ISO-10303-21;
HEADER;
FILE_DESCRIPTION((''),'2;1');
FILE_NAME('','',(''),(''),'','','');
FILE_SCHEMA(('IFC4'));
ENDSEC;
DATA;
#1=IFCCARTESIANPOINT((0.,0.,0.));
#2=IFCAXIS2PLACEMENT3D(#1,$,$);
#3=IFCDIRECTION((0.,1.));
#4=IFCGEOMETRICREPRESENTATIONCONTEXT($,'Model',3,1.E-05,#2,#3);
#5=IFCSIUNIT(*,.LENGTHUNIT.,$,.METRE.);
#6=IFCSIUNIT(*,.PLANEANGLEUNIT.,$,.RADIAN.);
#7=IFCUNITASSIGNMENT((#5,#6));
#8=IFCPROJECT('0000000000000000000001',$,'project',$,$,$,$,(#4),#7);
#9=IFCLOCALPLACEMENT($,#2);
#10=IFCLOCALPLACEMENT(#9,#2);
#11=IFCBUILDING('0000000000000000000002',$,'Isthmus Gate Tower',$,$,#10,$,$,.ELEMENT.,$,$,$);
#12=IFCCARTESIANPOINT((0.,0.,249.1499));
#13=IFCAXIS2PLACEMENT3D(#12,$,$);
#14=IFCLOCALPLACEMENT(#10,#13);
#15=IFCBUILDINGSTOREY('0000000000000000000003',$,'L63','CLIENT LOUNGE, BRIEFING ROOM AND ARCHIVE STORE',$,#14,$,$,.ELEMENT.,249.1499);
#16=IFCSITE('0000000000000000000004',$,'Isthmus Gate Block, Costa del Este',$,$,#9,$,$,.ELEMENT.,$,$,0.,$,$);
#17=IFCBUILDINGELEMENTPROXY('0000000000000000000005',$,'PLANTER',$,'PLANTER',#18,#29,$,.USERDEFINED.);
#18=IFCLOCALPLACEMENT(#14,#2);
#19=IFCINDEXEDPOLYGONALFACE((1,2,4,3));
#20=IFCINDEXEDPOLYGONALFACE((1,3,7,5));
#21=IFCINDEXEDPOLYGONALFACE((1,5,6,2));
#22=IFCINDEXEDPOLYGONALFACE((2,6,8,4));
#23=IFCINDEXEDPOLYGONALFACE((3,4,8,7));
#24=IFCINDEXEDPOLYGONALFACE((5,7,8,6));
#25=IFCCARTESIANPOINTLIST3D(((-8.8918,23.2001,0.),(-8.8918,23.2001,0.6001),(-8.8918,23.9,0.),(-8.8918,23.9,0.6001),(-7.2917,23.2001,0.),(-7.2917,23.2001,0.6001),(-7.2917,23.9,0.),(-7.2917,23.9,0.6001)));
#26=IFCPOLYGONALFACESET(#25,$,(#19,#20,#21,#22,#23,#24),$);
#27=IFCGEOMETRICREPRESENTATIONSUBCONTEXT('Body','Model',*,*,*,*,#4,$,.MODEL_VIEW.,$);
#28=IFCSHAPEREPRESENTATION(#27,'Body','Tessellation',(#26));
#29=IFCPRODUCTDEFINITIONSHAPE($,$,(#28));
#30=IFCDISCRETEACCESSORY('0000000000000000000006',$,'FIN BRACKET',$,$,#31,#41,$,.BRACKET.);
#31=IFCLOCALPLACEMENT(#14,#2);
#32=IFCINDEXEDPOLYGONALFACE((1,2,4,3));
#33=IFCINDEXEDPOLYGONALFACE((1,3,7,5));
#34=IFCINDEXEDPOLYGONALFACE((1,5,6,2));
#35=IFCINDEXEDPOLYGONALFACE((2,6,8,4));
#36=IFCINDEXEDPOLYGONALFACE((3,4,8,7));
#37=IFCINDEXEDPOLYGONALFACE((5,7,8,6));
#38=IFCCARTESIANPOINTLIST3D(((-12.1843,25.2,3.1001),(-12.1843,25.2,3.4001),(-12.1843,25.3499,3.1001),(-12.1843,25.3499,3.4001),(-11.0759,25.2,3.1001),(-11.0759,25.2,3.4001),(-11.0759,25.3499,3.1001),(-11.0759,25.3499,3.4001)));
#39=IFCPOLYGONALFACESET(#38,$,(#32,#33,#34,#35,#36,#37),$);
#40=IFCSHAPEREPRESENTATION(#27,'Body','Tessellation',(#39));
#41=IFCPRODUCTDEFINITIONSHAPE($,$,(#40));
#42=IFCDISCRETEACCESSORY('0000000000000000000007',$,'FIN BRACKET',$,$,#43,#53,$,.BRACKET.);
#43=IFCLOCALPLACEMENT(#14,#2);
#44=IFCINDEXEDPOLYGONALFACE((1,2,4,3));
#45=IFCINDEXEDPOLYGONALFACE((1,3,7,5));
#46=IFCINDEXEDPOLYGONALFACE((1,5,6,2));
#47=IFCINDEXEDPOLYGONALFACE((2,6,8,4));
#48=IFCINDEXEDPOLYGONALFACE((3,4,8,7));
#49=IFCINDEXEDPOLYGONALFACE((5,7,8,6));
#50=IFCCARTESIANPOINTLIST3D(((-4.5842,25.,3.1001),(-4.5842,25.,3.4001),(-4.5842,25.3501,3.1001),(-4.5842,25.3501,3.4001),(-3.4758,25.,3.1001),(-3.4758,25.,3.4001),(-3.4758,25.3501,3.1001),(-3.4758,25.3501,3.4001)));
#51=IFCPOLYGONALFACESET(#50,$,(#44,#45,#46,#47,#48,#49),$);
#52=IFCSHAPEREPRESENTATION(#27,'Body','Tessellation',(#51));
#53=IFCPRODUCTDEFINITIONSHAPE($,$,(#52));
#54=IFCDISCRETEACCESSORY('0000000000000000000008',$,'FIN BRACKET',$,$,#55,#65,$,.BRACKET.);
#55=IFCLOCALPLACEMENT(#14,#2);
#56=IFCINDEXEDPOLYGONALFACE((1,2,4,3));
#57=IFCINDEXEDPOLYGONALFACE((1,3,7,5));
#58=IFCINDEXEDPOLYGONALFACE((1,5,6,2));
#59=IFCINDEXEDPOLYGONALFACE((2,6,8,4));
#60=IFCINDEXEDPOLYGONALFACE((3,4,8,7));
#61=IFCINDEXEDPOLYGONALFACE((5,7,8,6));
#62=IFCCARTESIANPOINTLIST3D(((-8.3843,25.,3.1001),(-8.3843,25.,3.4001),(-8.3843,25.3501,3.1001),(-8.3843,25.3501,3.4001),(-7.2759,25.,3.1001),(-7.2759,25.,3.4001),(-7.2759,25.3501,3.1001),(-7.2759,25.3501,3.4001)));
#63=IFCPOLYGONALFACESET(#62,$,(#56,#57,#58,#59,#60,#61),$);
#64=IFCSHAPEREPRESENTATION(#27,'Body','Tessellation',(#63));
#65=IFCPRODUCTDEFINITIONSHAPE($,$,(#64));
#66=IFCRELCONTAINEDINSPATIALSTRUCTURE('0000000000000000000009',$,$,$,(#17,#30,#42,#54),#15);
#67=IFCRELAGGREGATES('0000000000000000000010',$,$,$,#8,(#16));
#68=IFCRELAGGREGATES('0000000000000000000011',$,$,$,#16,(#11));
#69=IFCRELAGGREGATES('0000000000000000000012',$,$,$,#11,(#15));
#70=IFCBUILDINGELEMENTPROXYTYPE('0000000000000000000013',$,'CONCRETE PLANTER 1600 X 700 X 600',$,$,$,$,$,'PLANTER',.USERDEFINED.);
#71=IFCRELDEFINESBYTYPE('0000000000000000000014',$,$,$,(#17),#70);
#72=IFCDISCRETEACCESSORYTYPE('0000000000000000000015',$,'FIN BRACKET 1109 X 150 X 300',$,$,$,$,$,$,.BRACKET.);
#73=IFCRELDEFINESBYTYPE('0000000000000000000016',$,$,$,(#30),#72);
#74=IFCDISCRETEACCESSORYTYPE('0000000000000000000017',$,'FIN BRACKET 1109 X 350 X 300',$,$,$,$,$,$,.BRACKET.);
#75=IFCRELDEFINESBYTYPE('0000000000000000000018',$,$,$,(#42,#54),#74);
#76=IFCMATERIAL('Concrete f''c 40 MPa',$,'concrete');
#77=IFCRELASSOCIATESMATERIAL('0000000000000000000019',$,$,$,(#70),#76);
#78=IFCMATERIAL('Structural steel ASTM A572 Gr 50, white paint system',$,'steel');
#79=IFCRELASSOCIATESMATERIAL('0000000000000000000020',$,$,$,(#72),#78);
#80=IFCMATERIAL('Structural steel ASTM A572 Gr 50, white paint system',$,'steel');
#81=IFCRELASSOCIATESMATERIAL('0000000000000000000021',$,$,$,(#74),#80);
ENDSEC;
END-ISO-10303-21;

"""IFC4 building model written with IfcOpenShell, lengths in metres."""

from ifc_helpers import new_model, si_unit, direction, frame, origin, origin_2d, place, context, subcontext, project, spatial, rectangle, extrude, material, type_object, element, save


model = new_model("IFC4")

# Units and contexts
model_context = context("Model", 3, precision=1e-05, world=origin(), true_north=direction((0.0, 1.0)))
body_context = subcontext(model_context, "Body", "Model", "MODEL_VIEW")
ifc_project = project(units=[si_unit("LENGTHUNIT", "METRE"), si_unit("PLANEANGLEUNIT", "RADIAN")], contexts=[model_context])

# Site, building, storey
site_placement = place(None, origin())
site = spatial("IfcSite", under=ifc_project, at=site_placement, Name="Isthmus Gate Block, Costa del Este", CompositionType="ELEMENT", RefElevation=0.0)
building_placement = place(site_placement, origin())
building = spatial("IfcBuilding", under=site, at=building_placement, Name="Isthmus Gate Tower", CompositionType="ELEMENT")
storey_placement = place(building_placement, frame((0.0, 0.0, 249.1499)))
storey = spatial("IfcBuildingStorey", under=building, at=storey_placement, Name="L63", Description="CLIENT LOUNGE, BRIEFING ROOM AND ARCHIVE STORE", CompositionType="ELEMENT", Elevation=249.1499)

# Building element proxy
ifc_material_1 = material(Name="Concrete f'c 40 MPa", Category="concrete")
building_element_proxy_type = type_object("IfcBuildingElementProxyType", Name="CONCRETE PLANTER 1600 X 700 X 600", ElementType="PLANTER", PredefinedType="USERDEFINED", material=ifc_material_1)
for number, where, z_axis, x_axis, name in (
    (1, (-8.0918, 23.55, 0.0), (0.0, 0.0, 1.0), (-1.0, 0.0, 0.0), "PLANTER"),
):
    element("IfcBuildingElementProxy", number, at=place(storey_placement, frame(where, z_axis=z_axis, x_axis=x_axis)), inside=storey, type_object=building_element_proxy_type, Name=name, ObjectType="PLANTER", PredefinedType="USERDEFINED", context=body_context, shape_type="SweptSolid", body=[
        extrude(rectangle(XDim=1.6001, YDim=0.7, at=origin_2d()), origin(), (0.0, 0.0, 1.0), 0.6001),
    ])

# Discrete accessories
ifc_material_2 = material(Name="Structural steel ASTM A572 Gr 50, white paint system", Category="steel")
discrete_accessory_type_1 = type_object("IfcDiscreteAccessoryType", Name="FIN BRACKET 1109 X 150 X 300", PredefinedType="BRACKET", material=ifc_material_2)
discrete_accessory_placement = place(storey_placement, frame((-11.6301, 25.2749, 3.1001), z_axis=(0.0, 0.0, 1.0), x_axis=(0.0, 1.0, 0.0)))
element("IfcDiscreteAccessory", 2, at=discrete_accessory_placement, inside=storey, type_object=discrete_accessory_type_1, Name="FIN BRACKET", PredefinedType="BRACKET", context=body_context, shape_type="SweptSolid", body=[
    extrude(rectangle(XDim=0.1499, YDim=1.1084, at=origin_2d()), origin(), (0.0, 0.0, 1.0), 0.3),
])
ifc_material_3 = material(Name="Structural steel ASTM A572 Gr 50, white paint system", Category="steel")
discrete_accessory_type_2 = type_object("IfcDiscreteAccessoryType", Name="FIN BRACKET 1109 X 350 X 300", PredefinedType="BRACKET", material=ifc_material_3)
for number, where, z_axis, x_axis, name in (
    (3, (-4.03, 25.175, 3.1001), (0.0, 0.0, 1.0), (0.0, 1.0, 0.0), "FIN BRACKET"),
    (4, (-7.8301, 25.175, 3.1001), (0.0, 0.0, 1.0), (0.0, 1.0, 0.0), "FIN BRACKET"),
):
    element("IfcDiscreteAccessory", number, at=place(storey_placement, frame(where, z_axis=z_axis, x_axis=x_axis)), inside=storey, type_object=discrete_accessory_type_2, Name=name, PredefinedType="BRACKET", context=body_context, shape_type="SweptSolid", body=[
        extrude(rectangle(XDim=0.3501, YDim=1.1084, at=origin_2d()), origin(), (0.0, 0.0, 1.0), 0.3),
    ])

save(model, "model.ifc")
